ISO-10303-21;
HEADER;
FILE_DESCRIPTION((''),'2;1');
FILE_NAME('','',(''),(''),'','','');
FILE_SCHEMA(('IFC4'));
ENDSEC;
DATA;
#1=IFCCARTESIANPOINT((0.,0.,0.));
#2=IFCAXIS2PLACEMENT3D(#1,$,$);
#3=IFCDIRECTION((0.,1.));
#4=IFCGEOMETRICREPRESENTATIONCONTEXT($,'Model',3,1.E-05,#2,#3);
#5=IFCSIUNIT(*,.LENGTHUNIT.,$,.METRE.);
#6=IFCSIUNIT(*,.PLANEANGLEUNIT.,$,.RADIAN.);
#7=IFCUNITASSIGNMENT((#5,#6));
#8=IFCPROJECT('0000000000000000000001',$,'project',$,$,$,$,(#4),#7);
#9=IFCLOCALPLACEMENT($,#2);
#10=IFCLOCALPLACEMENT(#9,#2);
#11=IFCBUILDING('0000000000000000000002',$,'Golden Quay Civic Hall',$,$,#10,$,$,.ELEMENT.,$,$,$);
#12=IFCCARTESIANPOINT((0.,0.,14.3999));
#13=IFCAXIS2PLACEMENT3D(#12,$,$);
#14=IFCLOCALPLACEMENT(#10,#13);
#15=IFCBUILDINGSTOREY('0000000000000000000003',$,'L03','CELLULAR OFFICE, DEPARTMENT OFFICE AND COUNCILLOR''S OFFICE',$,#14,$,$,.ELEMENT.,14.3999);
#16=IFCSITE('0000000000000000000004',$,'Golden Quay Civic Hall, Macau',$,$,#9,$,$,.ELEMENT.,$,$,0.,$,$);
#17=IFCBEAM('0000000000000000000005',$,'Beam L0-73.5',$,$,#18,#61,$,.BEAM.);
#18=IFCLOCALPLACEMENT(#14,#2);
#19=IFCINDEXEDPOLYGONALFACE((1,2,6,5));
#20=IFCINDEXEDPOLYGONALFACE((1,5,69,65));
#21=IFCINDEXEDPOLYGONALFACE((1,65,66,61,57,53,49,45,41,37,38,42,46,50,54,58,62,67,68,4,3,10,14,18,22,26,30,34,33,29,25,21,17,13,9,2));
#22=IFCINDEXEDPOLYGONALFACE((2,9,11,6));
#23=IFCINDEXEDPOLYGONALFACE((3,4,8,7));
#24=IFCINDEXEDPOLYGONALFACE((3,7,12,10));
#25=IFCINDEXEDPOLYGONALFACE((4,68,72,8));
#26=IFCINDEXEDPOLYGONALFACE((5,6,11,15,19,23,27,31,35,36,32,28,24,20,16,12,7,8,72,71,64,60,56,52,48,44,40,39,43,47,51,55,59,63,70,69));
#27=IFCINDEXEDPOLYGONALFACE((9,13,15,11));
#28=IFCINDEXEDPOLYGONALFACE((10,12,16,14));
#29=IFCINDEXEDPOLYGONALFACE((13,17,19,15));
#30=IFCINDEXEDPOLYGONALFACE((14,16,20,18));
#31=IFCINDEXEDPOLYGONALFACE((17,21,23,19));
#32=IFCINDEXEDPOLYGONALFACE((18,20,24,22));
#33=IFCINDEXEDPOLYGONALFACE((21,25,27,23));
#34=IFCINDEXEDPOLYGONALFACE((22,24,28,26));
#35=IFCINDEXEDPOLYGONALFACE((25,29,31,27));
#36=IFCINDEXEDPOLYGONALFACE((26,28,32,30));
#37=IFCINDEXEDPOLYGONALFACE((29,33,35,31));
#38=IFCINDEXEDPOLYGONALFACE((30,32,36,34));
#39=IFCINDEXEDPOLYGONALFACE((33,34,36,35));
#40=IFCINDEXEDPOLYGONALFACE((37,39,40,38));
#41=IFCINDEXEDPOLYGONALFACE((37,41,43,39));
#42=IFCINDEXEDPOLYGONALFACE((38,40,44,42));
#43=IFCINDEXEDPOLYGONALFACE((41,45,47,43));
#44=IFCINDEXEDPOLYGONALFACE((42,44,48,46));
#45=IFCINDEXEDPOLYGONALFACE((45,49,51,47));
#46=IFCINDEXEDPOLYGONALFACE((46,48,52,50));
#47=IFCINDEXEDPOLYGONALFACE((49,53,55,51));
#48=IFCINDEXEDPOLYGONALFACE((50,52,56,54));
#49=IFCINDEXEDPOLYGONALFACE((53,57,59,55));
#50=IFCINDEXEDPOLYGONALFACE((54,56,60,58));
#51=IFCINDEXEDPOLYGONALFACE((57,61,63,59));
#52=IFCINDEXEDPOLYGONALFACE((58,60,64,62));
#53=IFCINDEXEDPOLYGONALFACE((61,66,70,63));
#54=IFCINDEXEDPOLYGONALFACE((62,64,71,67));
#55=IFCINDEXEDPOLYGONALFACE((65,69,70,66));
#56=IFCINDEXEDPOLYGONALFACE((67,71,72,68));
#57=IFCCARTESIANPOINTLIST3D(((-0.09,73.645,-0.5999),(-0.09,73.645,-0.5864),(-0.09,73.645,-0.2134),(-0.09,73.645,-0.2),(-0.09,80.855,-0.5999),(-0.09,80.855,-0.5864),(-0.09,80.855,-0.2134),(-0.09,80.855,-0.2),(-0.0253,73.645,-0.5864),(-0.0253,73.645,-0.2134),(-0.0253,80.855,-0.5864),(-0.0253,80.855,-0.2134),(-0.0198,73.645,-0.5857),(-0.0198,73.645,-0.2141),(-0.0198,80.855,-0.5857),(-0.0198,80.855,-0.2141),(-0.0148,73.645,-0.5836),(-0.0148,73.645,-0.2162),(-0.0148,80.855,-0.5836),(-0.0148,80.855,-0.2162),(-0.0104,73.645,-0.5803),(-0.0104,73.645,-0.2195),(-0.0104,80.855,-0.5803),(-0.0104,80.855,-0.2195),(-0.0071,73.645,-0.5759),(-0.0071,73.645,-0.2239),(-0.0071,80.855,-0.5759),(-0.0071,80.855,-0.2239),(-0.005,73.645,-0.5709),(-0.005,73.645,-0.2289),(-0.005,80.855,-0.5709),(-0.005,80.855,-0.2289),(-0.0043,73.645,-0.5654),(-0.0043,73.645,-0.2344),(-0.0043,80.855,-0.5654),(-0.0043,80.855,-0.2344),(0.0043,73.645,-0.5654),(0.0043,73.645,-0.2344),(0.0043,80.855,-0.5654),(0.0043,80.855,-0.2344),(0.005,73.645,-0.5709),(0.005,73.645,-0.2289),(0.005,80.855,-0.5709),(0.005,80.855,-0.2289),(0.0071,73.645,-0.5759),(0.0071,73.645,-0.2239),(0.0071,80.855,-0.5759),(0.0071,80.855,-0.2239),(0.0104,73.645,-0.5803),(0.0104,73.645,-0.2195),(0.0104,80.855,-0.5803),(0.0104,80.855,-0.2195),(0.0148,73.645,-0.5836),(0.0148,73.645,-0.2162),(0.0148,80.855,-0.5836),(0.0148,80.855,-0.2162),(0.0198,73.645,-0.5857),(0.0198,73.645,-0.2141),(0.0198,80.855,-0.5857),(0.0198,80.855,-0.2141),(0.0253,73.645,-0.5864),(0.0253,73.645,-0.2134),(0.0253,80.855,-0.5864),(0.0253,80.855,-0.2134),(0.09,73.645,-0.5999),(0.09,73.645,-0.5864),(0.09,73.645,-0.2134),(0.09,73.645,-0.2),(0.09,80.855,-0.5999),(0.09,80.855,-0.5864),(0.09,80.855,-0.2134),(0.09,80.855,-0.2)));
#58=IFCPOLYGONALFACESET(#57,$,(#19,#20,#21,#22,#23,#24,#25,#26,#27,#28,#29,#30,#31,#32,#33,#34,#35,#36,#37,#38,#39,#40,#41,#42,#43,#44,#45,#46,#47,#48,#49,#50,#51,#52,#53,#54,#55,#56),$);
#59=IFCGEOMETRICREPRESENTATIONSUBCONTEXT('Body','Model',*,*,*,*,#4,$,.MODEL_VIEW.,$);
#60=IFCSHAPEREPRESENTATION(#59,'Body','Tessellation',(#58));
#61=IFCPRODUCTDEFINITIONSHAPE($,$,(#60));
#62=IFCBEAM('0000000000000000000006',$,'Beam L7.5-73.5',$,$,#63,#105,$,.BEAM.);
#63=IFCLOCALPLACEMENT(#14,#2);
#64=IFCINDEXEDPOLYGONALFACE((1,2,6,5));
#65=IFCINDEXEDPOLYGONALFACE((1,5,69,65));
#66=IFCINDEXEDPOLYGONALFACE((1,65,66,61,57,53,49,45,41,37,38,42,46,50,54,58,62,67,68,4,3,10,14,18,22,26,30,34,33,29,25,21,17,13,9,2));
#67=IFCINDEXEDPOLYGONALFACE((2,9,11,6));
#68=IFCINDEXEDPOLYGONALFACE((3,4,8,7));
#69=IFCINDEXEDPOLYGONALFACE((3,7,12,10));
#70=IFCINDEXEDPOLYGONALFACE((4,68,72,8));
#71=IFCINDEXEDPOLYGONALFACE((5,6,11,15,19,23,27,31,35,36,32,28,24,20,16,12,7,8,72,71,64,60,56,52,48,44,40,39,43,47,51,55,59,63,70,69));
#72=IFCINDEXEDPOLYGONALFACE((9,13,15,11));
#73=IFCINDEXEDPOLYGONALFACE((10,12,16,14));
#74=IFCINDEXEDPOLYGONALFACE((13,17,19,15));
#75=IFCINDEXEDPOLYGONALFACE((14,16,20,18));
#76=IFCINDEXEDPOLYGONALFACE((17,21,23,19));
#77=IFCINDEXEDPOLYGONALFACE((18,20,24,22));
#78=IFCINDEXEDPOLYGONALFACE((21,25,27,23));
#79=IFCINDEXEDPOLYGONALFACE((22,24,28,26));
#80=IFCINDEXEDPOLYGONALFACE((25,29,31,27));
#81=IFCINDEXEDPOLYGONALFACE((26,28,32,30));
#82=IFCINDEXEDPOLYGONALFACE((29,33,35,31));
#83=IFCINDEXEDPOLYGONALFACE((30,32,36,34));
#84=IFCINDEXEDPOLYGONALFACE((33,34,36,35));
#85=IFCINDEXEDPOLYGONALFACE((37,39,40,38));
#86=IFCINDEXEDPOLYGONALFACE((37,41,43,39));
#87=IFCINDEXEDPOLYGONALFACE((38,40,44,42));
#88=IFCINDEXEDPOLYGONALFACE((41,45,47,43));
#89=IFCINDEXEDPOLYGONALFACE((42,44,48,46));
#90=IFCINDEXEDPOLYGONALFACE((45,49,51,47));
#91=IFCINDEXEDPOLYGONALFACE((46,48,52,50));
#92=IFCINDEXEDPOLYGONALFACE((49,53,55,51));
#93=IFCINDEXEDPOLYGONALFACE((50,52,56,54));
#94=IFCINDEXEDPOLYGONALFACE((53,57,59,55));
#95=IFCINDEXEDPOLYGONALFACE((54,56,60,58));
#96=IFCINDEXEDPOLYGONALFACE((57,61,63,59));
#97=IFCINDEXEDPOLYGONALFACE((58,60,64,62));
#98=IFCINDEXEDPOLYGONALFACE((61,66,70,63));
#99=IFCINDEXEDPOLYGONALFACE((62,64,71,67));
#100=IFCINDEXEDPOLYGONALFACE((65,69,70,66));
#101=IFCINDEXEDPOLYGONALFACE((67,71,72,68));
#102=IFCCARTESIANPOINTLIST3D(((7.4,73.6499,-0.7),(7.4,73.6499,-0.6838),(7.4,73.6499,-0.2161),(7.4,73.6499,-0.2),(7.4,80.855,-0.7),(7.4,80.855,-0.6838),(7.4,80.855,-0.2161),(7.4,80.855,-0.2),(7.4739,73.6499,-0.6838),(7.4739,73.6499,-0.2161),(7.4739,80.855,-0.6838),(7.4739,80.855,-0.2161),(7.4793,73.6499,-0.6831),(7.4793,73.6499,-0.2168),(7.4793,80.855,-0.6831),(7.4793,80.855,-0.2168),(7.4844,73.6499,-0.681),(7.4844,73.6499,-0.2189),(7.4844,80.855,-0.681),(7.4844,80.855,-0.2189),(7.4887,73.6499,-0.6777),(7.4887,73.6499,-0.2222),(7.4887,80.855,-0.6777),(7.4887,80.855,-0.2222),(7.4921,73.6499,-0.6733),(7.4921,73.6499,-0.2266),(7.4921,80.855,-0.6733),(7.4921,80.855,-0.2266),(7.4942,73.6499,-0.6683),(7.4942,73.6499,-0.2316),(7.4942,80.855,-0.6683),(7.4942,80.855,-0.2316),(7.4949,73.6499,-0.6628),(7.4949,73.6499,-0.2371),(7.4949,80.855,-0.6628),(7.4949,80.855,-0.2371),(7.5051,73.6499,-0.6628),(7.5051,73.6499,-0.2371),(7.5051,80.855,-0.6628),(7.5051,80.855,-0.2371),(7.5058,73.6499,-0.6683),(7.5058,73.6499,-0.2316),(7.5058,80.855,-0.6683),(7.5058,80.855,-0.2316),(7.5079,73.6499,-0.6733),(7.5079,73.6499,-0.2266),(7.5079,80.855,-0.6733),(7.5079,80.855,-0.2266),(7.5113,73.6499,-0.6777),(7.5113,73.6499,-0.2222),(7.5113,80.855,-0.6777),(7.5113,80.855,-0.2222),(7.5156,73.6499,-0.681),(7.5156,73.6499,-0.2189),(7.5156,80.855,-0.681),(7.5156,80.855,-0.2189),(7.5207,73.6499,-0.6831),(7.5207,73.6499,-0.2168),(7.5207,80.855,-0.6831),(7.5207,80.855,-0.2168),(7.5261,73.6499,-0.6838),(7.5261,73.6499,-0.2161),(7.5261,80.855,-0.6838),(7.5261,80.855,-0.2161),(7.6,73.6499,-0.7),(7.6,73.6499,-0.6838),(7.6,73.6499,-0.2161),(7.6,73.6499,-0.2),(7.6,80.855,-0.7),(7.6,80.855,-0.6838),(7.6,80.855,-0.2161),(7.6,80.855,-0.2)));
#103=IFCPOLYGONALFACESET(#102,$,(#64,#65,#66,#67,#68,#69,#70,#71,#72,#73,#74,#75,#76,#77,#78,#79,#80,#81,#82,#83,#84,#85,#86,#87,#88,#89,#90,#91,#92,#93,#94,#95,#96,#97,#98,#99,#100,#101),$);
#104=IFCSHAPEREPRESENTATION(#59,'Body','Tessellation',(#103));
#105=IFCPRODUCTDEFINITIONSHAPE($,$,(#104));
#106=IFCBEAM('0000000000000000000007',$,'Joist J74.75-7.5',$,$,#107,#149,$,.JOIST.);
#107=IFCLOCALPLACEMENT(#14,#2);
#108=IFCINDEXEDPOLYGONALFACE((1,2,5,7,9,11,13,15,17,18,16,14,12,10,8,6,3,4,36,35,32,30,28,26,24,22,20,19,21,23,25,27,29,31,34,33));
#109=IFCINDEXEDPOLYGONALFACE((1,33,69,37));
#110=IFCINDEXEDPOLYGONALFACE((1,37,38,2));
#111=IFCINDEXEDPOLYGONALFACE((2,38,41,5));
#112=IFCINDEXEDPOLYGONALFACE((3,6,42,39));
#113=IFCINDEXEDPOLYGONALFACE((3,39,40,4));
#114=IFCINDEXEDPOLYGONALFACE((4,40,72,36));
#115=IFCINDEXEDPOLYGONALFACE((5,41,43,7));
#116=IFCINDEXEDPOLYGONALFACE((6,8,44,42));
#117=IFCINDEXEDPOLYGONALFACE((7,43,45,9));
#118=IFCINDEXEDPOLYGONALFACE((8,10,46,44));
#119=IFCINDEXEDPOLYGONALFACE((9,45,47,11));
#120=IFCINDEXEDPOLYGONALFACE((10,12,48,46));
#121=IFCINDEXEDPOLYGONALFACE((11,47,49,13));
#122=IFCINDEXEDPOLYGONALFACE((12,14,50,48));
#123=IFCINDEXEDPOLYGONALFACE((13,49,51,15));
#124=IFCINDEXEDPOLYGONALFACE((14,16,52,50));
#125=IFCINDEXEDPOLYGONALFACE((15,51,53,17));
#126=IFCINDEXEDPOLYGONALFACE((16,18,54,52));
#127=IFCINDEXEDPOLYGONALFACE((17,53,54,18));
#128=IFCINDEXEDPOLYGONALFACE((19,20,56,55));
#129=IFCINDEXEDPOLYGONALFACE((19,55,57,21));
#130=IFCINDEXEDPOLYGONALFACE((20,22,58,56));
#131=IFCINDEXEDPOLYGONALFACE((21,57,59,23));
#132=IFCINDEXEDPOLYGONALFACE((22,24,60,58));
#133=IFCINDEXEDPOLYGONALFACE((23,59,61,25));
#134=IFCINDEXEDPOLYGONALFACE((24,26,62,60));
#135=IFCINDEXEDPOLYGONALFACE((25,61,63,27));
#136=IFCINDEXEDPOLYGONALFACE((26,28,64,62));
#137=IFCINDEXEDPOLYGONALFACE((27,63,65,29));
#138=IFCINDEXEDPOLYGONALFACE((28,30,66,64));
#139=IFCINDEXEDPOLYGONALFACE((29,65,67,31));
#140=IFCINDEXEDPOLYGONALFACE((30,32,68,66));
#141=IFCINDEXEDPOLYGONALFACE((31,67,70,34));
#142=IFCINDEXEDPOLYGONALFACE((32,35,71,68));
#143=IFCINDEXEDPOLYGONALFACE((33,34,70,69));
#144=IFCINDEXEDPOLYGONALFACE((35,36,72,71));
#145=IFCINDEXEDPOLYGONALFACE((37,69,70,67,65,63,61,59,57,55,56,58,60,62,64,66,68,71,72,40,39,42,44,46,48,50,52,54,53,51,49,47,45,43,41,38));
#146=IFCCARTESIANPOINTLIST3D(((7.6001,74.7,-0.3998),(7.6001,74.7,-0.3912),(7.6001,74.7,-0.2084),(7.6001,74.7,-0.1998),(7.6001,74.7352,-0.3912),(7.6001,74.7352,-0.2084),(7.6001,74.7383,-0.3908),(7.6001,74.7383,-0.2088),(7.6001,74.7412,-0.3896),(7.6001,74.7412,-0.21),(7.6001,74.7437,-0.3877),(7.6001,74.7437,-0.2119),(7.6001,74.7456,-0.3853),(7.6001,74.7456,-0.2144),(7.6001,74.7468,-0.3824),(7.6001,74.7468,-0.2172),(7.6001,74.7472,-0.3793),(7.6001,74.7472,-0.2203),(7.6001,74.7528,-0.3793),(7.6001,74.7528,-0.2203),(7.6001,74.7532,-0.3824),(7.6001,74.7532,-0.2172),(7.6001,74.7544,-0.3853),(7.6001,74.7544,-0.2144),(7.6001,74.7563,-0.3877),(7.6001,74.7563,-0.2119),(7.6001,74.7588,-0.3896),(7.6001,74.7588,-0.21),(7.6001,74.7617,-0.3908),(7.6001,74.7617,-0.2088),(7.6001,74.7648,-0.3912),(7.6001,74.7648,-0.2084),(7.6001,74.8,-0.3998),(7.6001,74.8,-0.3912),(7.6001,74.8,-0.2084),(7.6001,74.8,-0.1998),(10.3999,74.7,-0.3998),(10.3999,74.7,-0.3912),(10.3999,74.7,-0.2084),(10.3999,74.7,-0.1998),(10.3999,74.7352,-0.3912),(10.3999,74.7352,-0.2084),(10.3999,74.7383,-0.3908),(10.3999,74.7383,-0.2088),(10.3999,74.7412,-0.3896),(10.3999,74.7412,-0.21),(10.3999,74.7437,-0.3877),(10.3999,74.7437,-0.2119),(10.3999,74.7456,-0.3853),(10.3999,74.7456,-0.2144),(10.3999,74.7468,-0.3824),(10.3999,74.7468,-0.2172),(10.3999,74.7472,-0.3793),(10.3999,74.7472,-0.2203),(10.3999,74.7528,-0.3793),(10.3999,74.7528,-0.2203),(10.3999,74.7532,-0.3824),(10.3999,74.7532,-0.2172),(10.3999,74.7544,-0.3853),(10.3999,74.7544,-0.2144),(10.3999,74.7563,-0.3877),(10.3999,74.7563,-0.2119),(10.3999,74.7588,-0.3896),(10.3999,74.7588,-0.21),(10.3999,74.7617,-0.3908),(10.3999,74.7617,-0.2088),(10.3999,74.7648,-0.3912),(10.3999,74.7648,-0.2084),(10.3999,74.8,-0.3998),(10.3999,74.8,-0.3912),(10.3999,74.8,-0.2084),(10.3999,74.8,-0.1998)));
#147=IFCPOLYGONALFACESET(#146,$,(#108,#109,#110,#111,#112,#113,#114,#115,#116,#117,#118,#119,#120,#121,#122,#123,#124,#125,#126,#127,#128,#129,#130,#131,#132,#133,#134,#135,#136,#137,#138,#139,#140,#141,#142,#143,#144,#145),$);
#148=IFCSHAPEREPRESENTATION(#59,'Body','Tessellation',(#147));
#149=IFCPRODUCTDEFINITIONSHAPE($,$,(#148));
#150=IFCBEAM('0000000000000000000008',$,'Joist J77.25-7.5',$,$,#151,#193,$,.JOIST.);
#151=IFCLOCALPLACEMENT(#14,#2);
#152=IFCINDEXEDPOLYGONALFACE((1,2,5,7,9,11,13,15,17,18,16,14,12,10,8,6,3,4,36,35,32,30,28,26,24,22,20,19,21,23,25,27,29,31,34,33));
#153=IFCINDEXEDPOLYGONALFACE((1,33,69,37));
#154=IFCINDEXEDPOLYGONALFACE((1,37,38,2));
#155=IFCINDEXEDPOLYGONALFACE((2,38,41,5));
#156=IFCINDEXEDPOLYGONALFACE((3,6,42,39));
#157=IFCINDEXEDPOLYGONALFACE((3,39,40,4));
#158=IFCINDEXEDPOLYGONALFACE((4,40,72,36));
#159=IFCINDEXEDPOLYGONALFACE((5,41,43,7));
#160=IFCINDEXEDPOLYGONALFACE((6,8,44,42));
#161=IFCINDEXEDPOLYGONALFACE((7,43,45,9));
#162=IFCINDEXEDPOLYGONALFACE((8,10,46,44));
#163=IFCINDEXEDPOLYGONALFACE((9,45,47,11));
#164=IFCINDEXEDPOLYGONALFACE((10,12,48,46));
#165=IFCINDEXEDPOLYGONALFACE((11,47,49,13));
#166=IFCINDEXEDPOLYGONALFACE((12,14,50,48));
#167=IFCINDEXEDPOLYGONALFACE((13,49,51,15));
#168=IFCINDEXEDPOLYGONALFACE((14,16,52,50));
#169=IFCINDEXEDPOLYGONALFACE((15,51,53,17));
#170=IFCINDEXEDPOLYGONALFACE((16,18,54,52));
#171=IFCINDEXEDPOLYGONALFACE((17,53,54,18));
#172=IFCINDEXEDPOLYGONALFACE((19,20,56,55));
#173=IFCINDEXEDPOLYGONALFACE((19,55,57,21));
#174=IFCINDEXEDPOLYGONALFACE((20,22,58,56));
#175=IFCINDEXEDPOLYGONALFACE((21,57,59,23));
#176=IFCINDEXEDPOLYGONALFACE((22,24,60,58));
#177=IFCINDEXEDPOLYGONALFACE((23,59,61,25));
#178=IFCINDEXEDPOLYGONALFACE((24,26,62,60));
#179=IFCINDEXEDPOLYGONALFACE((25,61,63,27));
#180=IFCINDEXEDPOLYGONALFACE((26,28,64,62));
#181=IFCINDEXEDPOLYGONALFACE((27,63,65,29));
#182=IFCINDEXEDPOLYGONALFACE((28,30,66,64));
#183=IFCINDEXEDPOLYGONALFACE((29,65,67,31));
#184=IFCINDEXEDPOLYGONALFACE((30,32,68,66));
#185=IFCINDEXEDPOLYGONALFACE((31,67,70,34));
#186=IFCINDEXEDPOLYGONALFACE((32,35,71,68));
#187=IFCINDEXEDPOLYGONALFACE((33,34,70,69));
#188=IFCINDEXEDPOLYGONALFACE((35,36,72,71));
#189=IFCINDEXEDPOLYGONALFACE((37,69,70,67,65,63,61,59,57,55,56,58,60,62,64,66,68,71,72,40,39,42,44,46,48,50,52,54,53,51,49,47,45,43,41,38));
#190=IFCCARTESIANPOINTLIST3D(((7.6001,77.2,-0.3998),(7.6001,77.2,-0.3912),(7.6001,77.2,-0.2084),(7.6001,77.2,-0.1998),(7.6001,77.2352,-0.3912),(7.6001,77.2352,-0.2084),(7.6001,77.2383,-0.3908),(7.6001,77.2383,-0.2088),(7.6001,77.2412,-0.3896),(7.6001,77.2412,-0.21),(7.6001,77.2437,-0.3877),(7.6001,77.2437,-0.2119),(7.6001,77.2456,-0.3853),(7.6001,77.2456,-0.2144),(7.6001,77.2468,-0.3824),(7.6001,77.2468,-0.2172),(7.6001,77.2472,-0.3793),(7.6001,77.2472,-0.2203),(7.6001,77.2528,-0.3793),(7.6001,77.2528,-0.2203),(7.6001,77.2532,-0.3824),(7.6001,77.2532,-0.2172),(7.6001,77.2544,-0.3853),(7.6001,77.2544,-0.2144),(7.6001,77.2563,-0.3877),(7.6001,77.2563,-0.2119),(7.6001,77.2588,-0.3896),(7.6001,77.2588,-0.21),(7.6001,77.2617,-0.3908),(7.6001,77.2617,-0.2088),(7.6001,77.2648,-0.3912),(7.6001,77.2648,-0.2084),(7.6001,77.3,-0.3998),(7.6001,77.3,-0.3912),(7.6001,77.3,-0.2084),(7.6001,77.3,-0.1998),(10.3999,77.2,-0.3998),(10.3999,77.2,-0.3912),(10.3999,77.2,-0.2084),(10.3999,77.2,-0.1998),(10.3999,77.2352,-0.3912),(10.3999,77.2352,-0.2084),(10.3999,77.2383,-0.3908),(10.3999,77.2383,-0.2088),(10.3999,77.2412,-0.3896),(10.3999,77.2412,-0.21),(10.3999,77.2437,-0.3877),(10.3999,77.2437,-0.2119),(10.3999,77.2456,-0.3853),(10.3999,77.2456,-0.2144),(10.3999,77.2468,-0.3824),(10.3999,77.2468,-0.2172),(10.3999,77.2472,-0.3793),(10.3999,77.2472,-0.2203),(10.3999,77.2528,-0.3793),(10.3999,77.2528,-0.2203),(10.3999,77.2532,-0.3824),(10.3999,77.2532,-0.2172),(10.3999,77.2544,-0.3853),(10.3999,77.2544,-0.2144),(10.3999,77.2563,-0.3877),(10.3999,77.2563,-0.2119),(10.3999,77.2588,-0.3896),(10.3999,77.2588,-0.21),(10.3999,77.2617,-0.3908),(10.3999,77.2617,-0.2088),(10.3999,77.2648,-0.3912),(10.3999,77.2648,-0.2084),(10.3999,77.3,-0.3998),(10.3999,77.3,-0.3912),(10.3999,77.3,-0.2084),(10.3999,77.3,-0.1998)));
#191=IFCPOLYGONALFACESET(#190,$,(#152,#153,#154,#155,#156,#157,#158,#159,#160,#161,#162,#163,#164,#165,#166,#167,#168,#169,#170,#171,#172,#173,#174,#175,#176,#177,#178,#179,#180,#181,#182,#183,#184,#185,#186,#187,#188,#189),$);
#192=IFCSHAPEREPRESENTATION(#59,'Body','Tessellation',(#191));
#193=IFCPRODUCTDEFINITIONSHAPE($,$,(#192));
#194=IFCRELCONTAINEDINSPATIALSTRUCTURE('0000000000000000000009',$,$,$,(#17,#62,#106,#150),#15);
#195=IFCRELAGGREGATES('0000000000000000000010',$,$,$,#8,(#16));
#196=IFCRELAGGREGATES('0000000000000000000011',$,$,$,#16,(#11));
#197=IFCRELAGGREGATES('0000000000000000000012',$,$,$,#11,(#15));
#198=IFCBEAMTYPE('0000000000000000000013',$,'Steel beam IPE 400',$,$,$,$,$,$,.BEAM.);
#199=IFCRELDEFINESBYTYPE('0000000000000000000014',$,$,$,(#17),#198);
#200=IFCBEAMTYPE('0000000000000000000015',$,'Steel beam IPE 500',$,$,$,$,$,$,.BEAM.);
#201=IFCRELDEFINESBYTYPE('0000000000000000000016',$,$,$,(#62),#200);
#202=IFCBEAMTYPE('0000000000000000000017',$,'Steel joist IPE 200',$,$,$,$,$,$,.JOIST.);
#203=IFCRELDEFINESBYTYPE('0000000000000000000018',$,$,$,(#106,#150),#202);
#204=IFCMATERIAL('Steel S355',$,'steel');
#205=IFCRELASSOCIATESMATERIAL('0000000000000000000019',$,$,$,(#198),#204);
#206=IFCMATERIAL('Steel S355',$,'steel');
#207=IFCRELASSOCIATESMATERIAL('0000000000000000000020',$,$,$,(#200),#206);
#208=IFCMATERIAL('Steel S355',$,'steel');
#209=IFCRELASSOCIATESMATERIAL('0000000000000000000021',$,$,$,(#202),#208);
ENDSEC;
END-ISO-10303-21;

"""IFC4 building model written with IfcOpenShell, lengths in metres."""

from ifc_helpers import new_model, si_unit, direction, frame, origin, origin_2d, place, context, subcontext, project, spatial, i_section, extrude, material, material_profile, profile_set, type_object, element, save


model = new_model("IFC4")

# Units and contexts
model_context = context("Model", 3, precision=1e-05, world=origin(), true_north=direction((0.0, 1.0)))
body_context = subcontext(model_context, "Body", "Model", "MODEL_VIEW")
ifc_project = project(units=[si_unit("LENGTHUNIT", "METRE"), si_unit("PLANEANGLEUNIT", "RADIAN")], contexts=[model_context])

# Site, building, storey
site_placement = place(None, origin())
site = spatial("IfcSite", under=ifc_project, at=site_placement, Name="Golden Quay Civic Hall, Macau", CompositionType="ELEMENT", RefElevation=0.0)
building_placement = place(site_placement, origin())
building = spatial("IfcBuilding", under=site, at=building_placement, Name="Golden Quay Civic Hall", CompositionType="ELEMENT")
storey_placement = place(building_placement, frame((0.0, 0.0, 14.3999)))
storey = spatial("IfcBuildingStorey", under=building, at=storey_placement, Name="L03", Description="CELLULAR OFFICE, DEPARTMENT OFFICE AND COUNCILLOR'S OFFICE", CompositionType="ELEMENT", Elevation=14.3999)

# Beams
ifc_material_1 = material(Name="Steel S355", Category="steel")
ifc_material_profile_1 = material_profile(ifc_material_1, i_section(OverallWidth=0.1799, OverallDepth=0.3999, WebThickness=0.0085, FlangeThickness=0.0134, FilletRadius=0.021, at=origin_2d()), Name="IPE 400")
ifc_profile_set_1 = profile_set([ifc_material_profile_1], Name="Steel S355")
beam_type_1 = type_object("IfcBeamType", Name="Steel beam IPE 400", PredefinedType="BEAM", material=ifc_profile_set_1)
beam_1_placement = place(storey_placement, frame((0.0, 73.645, -0.3999), z_axis=(0.0, 1.0, 0.0), x_axis=(-1.0, 0.0, 0.0)))
element("IfcBeam", 1, at=beam_1_placement, inside=storey, type_object=beam_type_1, Name="Beam L0-73.5", PredefinedType="BEAM", context=body_context, shape_type="SweptSolid", body=[
    extrude(i_section(OverallWidth=0.1799, OverallDepth=0.3999, WebThickness=0.0085, FlangeThickness=0.0134, FilletRadius=0.021, at=origin_2d()), origin(), (0.0, 0.0, 1.0), 7.21),
])
ifc_material_2 = material(Name="Steel S355", Category="steel")
ifc_material_profile_2 = material_profile(ifc_material_2, i_section(OverallWidth=0.2, OverallDepth=0.5, WebThickness=0.0103, FlangeThickness=0.0161, FilletRadius=0.021, at=origin_2d()), Name="IPE 500")
ifc_profile_set_2 = profile_set([ifc_material_profile_2], Name="Steel S355")
beam_type_2 = type_object("IfcBeamType", Name="Steel beam IPE 500", PredefinedType="BEAM", material=ifc_profile_set_2)
beam_2_placement = place(storey_placement, frame((7.5, 73.6499, -0.45), z_axis=(0.0, 1.0, 0.0), x_axis=(-1.0, 0.0, 0.0)))
element("IfcBeam", 2, at=beam_2_placement, inside=storey, type_object=beam_type_2, Name="Beam L7.5-73.5", PredefinedType="BEAM", context=body_context, shape_type="SweptSolid", body=[
    extrude(i_section(OverallWidth=0.2, OverallDepth=0.5, WebThickness=0.0103, FlangeThickness=0.0161, FilletRadius=0.021, at=origin_2d()), origin(), (0.0, 0.0, 1.0), 7.2051),
])
ifc_material_3 = material(Name="Steel S355", Category="steel")
ifc_material_profile_3 = material_profile(ifc_material_3, i_section(OverallWidth=0.1001, OverallDepth=0.2, WebThickness=0.0056, FlangeThickness=0.0085, FilletRadius=0.012, at=origin_2d()), Name="IPE 200")
ifc_profile_set_3 = profile_set([ifc_material_profile_3], Name="Steel S355")
beam_type_3 = type_object("IfcBeamType", Name="Steel joist IPE 200", PredefinedType="JOIST", material=ifc_profile_set_3)
for number, where, z_axis, x_axis, name in (
    (3, (7.6001, 74.75, -0.2998), (1.0, 0.0, 0.0), (0.0, 1.0, 0.0), "Joist J74.75-7.5"),
    (4, (7.6001, 77.25, -0.2998), (1.0, 0.0, 0.0), (0.0, 1.0, 0.0), "Joist J77.25-7.5"),
):
    element("IfcBeam", number, at=place(storey_placement, frame(where, z_axis=z_axis, x_axis=x_axis)), inside=storey, type_object=beam_type_3, Name=name, PredefinedType="JOIST", context=body_context, shape_type="SweptSolid", body=[
        extrude(i_section(OverallWidth=0.1001, OverallDepth=0.2, WebThickness=0.0056, FlangeThickness=0.0085, FilletRadius=0.012, at=origin_2d()), origin(), (0.0, 0.0, 1.0), 2.7998),
    ])

save(model, "model.ifc")
